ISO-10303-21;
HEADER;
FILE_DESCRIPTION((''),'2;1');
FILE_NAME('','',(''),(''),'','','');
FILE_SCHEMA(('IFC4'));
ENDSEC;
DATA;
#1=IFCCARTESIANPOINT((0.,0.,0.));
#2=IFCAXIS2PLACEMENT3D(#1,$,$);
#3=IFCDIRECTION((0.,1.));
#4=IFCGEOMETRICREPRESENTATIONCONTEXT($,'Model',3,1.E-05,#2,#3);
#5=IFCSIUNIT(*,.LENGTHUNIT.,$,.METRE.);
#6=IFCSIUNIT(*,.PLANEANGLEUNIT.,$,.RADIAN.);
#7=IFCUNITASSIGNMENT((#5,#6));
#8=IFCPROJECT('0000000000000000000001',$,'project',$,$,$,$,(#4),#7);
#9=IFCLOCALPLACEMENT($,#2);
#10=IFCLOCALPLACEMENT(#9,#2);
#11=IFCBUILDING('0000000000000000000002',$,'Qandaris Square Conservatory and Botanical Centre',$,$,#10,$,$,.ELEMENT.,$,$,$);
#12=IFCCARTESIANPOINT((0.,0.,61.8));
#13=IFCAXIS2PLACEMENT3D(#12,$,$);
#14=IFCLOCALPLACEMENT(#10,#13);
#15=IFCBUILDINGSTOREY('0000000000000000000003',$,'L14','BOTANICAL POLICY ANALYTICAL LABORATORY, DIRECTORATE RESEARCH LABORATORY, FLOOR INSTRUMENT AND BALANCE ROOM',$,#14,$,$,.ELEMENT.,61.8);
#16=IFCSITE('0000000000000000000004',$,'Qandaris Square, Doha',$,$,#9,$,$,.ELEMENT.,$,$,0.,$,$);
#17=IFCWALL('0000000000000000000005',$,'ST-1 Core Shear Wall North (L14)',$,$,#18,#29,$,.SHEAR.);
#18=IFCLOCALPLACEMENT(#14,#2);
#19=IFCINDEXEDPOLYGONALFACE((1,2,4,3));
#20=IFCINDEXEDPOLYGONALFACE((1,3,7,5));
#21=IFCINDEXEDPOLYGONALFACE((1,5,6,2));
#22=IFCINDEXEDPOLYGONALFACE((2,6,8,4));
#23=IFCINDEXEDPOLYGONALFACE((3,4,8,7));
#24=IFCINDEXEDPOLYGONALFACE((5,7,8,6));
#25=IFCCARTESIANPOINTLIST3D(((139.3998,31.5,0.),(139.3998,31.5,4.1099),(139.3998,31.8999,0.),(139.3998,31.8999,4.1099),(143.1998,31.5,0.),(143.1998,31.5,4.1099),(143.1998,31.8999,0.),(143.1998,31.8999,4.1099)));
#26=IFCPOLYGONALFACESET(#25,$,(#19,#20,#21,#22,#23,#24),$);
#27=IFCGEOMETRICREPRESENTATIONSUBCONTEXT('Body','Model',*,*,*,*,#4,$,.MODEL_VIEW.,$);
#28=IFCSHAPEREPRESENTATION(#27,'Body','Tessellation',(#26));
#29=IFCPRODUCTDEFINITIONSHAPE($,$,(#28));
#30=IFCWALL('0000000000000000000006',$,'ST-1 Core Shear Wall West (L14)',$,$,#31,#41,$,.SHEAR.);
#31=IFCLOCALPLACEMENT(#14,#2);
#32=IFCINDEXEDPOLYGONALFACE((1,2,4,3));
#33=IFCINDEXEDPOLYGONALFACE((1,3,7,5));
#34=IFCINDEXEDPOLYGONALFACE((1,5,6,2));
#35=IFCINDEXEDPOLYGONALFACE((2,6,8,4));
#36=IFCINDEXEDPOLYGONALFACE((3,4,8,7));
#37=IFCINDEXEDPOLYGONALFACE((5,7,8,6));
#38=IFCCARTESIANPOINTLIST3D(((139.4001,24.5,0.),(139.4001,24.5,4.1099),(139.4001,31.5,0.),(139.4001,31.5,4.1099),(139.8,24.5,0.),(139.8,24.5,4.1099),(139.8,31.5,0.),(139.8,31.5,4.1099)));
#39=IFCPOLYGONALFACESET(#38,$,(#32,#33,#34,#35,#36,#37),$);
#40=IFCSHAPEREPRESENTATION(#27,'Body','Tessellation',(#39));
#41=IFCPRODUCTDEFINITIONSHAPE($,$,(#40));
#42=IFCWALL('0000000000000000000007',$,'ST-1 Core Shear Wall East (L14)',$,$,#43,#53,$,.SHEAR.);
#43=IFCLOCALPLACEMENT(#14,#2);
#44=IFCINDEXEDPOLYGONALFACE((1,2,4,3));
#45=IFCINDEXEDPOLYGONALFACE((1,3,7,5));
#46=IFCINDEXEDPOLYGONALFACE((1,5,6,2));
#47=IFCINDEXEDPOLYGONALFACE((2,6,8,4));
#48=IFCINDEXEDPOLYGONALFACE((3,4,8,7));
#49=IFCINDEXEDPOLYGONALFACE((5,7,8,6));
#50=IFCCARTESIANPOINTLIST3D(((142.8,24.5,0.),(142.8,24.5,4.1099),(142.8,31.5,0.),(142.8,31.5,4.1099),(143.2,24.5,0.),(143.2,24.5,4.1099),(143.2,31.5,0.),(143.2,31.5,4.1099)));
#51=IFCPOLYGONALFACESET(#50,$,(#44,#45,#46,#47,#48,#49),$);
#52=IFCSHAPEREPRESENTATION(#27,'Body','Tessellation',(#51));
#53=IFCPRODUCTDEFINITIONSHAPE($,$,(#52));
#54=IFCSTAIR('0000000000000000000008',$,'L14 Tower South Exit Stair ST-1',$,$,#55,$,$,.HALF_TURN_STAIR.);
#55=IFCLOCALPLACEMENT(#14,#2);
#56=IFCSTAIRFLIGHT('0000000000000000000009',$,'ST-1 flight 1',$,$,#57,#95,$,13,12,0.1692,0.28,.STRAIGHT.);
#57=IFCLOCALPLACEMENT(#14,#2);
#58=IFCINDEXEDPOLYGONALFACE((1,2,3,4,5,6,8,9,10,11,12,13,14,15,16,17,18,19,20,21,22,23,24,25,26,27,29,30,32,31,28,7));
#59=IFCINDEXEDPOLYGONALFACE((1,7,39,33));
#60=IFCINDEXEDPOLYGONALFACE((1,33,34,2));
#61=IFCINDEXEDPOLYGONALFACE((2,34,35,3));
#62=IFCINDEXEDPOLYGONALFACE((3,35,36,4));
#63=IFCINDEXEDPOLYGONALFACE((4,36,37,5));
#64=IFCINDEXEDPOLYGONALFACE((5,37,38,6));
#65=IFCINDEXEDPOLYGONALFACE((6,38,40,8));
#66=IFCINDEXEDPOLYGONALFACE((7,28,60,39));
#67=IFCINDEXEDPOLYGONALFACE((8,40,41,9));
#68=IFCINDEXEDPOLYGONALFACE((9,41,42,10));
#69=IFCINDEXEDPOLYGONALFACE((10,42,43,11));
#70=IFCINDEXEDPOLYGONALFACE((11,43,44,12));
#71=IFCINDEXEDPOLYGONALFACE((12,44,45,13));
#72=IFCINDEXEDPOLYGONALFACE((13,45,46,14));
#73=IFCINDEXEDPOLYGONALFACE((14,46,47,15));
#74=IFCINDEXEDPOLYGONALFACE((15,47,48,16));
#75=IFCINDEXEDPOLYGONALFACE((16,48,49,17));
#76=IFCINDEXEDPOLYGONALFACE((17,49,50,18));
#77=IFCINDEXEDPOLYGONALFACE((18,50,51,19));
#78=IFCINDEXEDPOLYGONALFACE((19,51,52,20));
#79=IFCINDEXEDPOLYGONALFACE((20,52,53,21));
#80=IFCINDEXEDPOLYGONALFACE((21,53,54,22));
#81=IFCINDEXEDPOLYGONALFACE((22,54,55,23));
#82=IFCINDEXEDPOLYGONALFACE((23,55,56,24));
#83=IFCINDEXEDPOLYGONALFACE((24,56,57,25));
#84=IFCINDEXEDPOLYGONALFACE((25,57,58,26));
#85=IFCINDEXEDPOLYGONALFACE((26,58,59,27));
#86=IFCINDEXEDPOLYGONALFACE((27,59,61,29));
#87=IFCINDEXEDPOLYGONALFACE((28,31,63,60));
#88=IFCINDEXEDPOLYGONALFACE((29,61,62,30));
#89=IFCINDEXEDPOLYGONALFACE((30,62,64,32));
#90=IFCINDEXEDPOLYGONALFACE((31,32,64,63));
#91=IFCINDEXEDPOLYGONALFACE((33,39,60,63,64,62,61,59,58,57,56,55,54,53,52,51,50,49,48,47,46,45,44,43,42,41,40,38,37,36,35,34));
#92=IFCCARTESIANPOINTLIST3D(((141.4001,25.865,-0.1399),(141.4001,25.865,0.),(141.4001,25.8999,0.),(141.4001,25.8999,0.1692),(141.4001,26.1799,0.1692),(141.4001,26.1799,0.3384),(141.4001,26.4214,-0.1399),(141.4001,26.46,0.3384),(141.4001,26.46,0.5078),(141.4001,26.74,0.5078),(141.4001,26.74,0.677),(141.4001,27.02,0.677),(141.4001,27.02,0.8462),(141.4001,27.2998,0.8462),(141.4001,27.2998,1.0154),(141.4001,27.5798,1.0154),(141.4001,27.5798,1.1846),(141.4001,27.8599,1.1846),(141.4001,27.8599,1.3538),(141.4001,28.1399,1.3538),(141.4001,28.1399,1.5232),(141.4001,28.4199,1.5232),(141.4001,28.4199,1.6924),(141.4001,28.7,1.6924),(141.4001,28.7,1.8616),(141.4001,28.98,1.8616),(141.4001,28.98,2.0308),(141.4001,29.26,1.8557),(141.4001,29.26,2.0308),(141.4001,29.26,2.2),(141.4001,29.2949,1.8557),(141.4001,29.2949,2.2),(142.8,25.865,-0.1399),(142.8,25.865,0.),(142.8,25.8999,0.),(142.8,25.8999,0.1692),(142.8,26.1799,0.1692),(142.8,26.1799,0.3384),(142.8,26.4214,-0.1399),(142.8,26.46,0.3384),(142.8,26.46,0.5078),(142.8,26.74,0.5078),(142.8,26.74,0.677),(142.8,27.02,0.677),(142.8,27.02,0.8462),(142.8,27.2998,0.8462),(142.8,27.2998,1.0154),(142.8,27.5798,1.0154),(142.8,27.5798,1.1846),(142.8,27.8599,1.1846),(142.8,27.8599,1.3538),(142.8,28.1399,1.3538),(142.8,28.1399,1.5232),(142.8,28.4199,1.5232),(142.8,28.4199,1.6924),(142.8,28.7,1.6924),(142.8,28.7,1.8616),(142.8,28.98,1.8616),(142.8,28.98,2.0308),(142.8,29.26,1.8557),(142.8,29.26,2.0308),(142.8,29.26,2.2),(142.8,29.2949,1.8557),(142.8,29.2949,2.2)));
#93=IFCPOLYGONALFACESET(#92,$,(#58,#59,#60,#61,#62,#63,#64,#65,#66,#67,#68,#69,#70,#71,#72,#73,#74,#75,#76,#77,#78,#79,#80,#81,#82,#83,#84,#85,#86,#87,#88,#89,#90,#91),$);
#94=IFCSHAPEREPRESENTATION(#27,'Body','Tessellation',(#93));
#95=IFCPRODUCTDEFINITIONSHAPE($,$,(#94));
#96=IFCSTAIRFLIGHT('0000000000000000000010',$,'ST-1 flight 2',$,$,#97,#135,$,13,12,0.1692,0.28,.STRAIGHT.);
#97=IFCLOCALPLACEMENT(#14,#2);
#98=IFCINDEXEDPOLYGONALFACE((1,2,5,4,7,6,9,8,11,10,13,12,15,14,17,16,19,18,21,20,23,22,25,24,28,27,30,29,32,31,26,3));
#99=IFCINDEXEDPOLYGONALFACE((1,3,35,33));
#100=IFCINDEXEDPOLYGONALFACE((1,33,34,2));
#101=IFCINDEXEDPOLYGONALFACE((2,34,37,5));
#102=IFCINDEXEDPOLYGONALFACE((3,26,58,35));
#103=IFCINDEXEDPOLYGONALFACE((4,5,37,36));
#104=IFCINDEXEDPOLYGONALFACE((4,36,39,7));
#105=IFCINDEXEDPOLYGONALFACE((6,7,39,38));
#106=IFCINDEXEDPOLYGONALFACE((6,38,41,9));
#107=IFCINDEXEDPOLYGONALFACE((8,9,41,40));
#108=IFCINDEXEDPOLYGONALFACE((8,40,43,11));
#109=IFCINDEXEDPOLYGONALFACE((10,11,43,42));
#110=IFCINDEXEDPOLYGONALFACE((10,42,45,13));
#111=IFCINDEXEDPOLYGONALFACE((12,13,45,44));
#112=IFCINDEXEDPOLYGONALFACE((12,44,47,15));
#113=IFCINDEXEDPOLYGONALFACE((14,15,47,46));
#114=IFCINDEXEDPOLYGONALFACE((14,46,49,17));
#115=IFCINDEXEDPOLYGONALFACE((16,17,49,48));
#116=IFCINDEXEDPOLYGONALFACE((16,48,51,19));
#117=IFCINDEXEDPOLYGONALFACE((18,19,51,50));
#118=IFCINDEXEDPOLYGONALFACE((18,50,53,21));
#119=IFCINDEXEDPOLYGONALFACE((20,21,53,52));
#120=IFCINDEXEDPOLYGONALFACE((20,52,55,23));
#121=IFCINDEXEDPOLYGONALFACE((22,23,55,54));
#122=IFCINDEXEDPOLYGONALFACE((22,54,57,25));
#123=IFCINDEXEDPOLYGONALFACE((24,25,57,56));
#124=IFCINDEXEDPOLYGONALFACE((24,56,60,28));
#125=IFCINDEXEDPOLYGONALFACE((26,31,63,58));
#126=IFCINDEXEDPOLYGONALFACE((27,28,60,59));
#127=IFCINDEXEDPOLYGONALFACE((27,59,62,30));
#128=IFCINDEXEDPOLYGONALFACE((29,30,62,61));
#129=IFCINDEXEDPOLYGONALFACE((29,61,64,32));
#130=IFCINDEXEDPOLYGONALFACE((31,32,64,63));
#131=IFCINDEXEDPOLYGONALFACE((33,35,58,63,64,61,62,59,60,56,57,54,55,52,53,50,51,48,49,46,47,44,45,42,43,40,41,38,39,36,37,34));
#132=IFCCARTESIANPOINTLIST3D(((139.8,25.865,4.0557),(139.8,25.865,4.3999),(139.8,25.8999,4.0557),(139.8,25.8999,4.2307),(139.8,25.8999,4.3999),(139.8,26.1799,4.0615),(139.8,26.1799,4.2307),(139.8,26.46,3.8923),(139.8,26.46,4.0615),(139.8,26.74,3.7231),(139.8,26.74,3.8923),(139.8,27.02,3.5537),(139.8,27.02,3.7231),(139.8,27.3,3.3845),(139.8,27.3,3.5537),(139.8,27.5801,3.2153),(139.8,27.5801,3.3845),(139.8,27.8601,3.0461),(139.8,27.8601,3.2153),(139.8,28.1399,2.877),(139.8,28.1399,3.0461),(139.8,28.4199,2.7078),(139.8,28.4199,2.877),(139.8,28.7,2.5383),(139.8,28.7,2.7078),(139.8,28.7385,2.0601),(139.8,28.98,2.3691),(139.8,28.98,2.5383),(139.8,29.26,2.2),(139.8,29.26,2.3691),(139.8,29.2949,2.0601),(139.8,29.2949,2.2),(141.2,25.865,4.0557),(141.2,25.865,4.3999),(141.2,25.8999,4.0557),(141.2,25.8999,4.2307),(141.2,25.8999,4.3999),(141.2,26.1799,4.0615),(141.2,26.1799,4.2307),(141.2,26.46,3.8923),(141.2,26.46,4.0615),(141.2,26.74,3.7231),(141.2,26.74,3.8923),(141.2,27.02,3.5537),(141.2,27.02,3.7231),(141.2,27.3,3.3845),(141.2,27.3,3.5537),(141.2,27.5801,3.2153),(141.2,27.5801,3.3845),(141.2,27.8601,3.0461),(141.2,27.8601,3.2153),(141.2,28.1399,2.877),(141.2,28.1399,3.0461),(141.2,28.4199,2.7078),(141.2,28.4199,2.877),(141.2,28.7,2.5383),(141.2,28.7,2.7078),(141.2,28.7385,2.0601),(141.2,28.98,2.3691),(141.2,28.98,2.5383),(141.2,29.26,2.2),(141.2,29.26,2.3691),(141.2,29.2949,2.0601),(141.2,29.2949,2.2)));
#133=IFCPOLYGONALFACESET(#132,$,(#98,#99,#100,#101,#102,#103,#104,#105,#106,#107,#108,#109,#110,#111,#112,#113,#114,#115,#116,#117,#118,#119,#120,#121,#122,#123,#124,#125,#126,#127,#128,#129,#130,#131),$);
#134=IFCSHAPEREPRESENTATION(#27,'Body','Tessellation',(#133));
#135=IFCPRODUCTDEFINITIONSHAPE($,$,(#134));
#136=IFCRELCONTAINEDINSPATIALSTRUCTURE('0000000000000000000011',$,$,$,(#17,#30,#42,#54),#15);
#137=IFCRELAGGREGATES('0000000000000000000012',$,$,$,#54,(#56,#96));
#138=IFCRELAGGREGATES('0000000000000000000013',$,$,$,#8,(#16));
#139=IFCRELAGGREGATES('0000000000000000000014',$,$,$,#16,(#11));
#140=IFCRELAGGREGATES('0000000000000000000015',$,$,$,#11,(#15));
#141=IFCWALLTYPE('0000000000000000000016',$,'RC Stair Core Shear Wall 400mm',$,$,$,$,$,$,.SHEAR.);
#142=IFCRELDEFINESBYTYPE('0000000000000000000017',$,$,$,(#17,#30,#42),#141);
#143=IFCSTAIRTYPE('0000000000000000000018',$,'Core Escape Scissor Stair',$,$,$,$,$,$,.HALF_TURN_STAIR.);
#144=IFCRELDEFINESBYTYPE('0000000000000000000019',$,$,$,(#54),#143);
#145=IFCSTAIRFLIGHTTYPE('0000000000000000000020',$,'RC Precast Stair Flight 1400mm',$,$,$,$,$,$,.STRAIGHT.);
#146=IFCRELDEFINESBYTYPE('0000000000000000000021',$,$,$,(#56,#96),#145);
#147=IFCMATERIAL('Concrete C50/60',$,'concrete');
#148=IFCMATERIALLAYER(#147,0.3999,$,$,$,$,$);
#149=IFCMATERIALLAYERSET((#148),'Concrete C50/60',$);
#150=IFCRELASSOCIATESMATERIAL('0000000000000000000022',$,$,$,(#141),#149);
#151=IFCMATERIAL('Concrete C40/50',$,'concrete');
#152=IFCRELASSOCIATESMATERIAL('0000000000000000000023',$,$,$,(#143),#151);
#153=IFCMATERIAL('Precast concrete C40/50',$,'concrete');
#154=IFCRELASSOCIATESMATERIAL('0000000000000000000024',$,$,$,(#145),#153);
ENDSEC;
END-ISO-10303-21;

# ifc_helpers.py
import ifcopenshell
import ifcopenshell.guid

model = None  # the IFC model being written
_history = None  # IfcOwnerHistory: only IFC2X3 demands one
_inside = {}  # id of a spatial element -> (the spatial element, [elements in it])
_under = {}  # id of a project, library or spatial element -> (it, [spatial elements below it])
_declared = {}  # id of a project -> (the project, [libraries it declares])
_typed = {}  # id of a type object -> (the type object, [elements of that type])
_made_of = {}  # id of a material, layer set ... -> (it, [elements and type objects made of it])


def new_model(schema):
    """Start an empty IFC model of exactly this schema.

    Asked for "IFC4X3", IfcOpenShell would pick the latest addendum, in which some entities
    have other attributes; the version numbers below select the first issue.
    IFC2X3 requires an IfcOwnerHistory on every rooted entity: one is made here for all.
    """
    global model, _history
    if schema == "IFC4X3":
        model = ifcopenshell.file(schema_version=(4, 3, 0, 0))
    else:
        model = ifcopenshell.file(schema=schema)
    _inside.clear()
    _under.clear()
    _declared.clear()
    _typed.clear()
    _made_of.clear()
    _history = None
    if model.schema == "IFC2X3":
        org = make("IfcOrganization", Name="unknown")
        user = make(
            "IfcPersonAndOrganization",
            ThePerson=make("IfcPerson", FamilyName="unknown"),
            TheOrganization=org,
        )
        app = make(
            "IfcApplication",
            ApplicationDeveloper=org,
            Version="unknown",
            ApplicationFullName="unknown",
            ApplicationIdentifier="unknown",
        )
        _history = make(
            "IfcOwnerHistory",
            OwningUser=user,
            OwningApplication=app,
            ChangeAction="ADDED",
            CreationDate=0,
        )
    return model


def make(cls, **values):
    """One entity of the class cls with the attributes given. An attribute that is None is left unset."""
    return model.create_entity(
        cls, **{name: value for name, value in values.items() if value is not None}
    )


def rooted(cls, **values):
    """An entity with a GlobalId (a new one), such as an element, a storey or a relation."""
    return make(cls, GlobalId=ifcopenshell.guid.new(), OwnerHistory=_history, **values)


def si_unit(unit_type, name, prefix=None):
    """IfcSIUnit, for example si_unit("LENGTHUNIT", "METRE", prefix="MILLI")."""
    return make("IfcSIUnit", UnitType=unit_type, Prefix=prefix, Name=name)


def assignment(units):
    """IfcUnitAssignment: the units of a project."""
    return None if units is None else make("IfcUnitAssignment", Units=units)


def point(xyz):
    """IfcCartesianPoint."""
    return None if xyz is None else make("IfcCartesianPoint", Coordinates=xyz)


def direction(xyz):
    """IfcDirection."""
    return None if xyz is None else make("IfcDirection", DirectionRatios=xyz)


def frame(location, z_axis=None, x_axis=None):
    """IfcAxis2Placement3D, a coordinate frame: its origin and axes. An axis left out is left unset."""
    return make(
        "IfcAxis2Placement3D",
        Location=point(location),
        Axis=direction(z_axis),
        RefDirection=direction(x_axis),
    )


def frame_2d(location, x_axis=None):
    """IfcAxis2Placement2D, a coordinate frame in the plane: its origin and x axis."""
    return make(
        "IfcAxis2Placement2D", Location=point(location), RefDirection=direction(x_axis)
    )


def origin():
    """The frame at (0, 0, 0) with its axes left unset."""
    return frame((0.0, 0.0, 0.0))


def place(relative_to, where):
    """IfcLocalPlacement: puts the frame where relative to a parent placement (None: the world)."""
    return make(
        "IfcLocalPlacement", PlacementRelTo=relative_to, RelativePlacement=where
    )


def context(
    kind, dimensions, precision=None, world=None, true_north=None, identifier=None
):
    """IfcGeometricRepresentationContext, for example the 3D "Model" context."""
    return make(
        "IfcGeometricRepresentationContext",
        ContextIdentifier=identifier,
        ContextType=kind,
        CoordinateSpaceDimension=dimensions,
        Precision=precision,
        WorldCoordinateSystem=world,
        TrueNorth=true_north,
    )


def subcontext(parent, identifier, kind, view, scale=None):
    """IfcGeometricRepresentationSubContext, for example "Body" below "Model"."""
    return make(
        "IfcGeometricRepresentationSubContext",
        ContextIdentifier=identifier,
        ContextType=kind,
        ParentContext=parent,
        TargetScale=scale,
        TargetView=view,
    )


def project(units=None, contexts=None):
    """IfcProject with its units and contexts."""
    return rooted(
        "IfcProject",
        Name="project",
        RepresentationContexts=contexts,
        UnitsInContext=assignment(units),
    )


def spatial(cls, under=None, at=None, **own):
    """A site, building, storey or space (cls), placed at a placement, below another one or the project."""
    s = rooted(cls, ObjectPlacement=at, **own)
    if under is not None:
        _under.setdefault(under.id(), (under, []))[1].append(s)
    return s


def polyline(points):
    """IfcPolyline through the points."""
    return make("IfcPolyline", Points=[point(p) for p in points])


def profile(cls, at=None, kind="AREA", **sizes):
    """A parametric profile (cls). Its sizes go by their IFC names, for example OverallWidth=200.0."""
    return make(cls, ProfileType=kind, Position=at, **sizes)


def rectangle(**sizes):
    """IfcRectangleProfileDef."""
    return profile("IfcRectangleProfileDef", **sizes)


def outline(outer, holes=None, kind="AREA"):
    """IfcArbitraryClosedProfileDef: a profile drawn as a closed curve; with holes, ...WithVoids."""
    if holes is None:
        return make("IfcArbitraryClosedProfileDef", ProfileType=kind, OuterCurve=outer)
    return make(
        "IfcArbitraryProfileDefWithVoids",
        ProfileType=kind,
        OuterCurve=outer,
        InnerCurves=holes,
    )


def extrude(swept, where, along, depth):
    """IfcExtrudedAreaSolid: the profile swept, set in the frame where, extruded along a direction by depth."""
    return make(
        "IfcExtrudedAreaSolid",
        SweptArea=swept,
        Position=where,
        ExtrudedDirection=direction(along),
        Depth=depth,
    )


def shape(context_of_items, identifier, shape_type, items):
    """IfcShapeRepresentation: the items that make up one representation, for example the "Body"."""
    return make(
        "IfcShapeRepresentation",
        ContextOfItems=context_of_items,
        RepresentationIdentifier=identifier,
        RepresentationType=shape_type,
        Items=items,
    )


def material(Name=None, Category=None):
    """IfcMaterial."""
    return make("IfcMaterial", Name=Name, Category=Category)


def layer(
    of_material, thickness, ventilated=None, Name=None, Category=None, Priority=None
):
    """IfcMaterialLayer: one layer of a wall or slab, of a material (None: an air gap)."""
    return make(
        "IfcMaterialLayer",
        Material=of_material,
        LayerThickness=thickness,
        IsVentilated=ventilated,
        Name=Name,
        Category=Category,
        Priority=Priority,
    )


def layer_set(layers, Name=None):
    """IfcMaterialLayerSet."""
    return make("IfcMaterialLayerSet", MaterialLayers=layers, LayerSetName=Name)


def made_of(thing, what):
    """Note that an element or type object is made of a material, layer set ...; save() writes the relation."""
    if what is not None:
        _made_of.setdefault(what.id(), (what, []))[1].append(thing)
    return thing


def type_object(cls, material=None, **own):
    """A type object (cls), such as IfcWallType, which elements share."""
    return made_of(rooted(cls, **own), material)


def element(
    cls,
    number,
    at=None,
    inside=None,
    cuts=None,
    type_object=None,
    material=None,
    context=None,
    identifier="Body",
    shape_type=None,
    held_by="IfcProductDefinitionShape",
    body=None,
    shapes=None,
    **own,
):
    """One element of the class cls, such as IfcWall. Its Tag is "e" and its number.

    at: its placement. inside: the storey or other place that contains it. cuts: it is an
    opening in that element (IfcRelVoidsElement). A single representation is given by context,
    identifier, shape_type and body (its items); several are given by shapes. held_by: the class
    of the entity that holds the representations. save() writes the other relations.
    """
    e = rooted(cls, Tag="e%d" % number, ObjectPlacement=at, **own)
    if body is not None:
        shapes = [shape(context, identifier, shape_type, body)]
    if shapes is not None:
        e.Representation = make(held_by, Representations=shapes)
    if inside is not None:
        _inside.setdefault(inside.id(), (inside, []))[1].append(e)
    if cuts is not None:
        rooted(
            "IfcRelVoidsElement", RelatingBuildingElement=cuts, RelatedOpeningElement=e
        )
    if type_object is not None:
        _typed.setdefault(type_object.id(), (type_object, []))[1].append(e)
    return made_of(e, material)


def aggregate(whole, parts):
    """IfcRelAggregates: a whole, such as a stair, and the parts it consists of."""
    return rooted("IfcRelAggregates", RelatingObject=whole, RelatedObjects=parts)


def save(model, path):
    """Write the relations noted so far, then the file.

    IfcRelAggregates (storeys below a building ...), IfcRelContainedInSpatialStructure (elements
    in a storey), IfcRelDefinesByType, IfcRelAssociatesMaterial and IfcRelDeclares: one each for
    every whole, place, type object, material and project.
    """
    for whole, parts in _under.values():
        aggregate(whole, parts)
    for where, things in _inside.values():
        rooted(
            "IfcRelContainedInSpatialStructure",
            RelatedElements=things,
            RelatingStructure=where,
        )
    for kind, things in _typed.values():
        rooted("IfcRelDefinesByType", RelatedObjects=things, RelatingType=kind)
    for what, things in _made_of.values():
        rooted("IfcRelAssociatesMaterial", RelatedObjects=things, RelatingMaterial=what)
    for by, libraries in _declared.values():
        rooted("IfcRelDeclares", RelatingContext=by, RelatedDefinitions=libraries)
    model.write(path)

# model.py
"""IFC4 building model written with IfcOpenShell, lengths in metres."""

from ifc_helpers import new_model, si_unit, direction, frame, frame_2d, origin, place, context, subcontext, project, spatial, polyline, rectangle, outline, extrude, material, layer, layer_set, type_object, element, aggregate, save


model = new_model("IFC4")

# Units and contexts
model_context = context("Model", 3, precision=1e-05, world=origin(), true_north=direction((0.0, 1.0)))
body_context = subcontext(model_context, "Body", "Model", "MODEL_VIEW")
ifc_project = project(units=[si_unit("LENGTHUNIT", "METRE"), si_unit("PLANEANGLEUNIT", "RADIAN")], contexts=[model_context])

# Site, building, storey
site_placement = place(None, origin())
site = spatial("IfcSite", under=ifc_project, at=site_placement, Name="Qandaris Square, Doha", CompositionType="ELEMENT", RefElevation=0.0)
building_placement = place(site_placement, origin())
building = spatial("IfcBuilding", under=site, at=building_placement, Name="Qandaris Square Conservatory and Botanical Centre", CompositionType="ELEMENT")
storey_placement = place(building_placement, frame((0.0, 0.0, 61.8)))
storey = spatial("IfcBuildingStorey", under=building, at=storey_placement, Name="L14", Description="BOTANICAL POLICY ANALYTICAL LABORATORY, DIRECTORATE RESEARCH LABORATORY, FLOOR INSTRUMENT AND BALANCE ROOM", CompositionType="ELEMENT", Elevation=61.8)

# Shared definitions
ifc_material_1 = material(Name="Concrete C50/60", Category="concrete")

# Shared definitions
ifc_material_2 = material(Name="Precast concrete C40/50", Category="concrete")

# Shared definitions
ifc_material_3 = material(Name="Concrete C40/50", Category="concrete")

# Shared definitions
ifc_layer_1 = layer(ifc_material_1, 0.3999)
ifc_layer_set_1 = layer_set([ifc_layer_1], Name="Concrete C50/60")
wall_type_1 = type_object("IfcWallType", Name="RC Stair Core Shear Wall 400mm", PredefinedType="SHEAR", material=ifc_layer_set_1)

# Walls
wall_1_placement = place(storey_placement, frame((139.3999, 31.7, 0.0), z_axis=(0.0, 0.0, 1.0), x_axis=(1.0, 0.0, 0.0)))
element("IfcWall", 1, at=wall_1_placement, inside=storey, type_object=wall_type_1, Name="ST-1 Core Shear Wall North (L14)", PredefinedType="SHEAR", context=body_context, shape_type="SweptSolid", body=[
    extrude(rectangle(XDim=3.8, YDim=0.3999, at=frame_2d((1.8999, 0.0))), origin(), (0.0, 0.0, 1.0), 4.1099),
])
for number, where, z_axis, x_axis, name in (
    (2, (139.6001, 24.5, 0.0), (0.0, 0.0, 1.0), (0.0, 1.0, 0.0), "ST-1 Core Shear Wall West (L14)"),
    (3, (143.0, 24.5, 0.0), (0.0, 0.0, 1.0), (0.0, 1.0, 0.0), "ST-1 Core Shear Wall East (L14)"),
):
    element("IfcWall", number, at=place(storey_placement, frame(where, z_axis=z_axis, x_axis=x_axis)), inside=storey, type_object=wall_type_1, Name=name, PredefinedType="SHEAR", context=body_context, shape_type="SweptSolid", body=[
        extrude(rectangle(XDim=7.0, YDim=0.3999, at=frame_2d((3.5, 0.0))), origin(), (0.0, 0.0, 1.0), 4.1099),
    ])

# Stair, stair flights
stair_type = type_object("IfcStairType", Name="Core Escape Scissor Stair", PredefinedType="HALF_TURN_STAIR", material=ifc_material_3)
stair_placement = place(storey_placement, origin())
stair = element("IfcStair", 4, at=stair_placement, inside=storey, type_object=stair_type, Name="L14 Tower South Exit Stair ST-1", PredefinedType="HALF_TURN_STAIR")
stair_flight_type = type_object("IfcStairFlightType", Name="RC Precast Stair Flight 1400mm", PredefinedType="STRAIGHT", material=ifc_material_2)
stair_flight_1_placement = place(storey_placement, frame((142.1001, 25.8999, 0.0), z_axis=(0.0, 0.0, 1.0), x_axis=(0.0, 1.0, 0.0)))
stair_flight_1 = element("IfcStairFlight", 5, at=stair_flight_1_placement, type_object=stair_flight_type, Name="ST-1 flight 1", NumberOfRisers=13, NumberOfTreads=12, PredefinedType="STRAIGHT", RiserHeight=0.1692, TreadLength=0.28, context=body_context, shape_type="SweptSolid", body=[
    extrude(outline(polyline([(-0.0349, 0.0), (0.0, 0.0), (0.0, 0.1692), (0.28, 0.1692), (0.28, 0.3384), (0.5601, 0.3384), (0.5601, 0.5078), (0.8401, 0.5078), (0.8401, 0.677), (1.1201, 0.677), (1.1201, 0.8462), (1.3999, 0.8462), (1.3999, 1.0154), (1.6799, 1.0154), (1.6799, 1.1846), (1.96, 1.1846), (1.96, 1.3538), (2.24, 1.3538), (2.24, 1.5232), (2.52, 1.5232), (2.52, 1.6924), (2.8, 1.6924), (2.8, 1.8616), (3.0801, 1.8616), (3.0801, 2.0308), (3.3601, 2.0308), (3.3601, 2.2), (3.395, 2.2), (3.395, 1.8557), (3.3601, 1.8557), (0.5215, -0.1399), (-0.0349, -0.1399), (-0.0349, 0.0)])), frame((0.0, 0.7, 0.0), z_axis=(0.0, -1.0, 0.0), x_axis=(1.0, 0.0, 0.0)), (0.0, 0.0, 1.0), 1.3999),
])
stair_flight_2_placement = place(storey_placement, frame((140.5, 29.26, 2.2), z_axis=(0.0, 0.0, 1.0), x_axis=(0.0, -1.0, 0.0)))
stair_flight_2 = element("IfcStairFlight", 6, at=stair_flight_2_placement, type_object=stair_flight_type, Name="ST-1 flight 2", NumberOfRisers=13, NumberOfTreads=12, PredefinedType="STRAIGHT", RiserHeight=0.1692, TreadLength=0.28, context=body_context, shape_type="SweptSolid", body=[
    extrude(outline(polyline([(-0.0349, 0.0), (0.0, 0.0), (0.0, 0.1692), (0.28, 0.1692), (0.28, 0.3384), (0.5601, 0.3384), (0.5601, 0.5078), (0.8401, 0.5078), (0.8401, 0.677), (1.1201, 0.677), (1.1201, 0.8462), (1.3999, 0.8462), (1.3999, 1.0154), (1.6799, 1.0154), (1.6799, 1.1846), (1.96, 1.1846), (1.96, 1.3538), (2.24, 1.3538), (2.24, 1.5232), (2.52, 1.5232), (2.52, 1.6924), (2.8, 1.6924), (2.8, 1.8616), (3.0801, 1.8616), (3.0801, 2.0308), (3.3601, 2.0308), (3.3601, 2.2), (3.395, 2.2), (3.395, 1.8557), (3.3601, 1.8557), (0.5215, -0.1399), (-0.0349, -0.1399), (-0.0349, 0.0)])), frame((0.0, 0.7, 0.0), z_axis=(0.0, -1.0, 0.0), x_axis=(1.0, 0.0, 0.0)), (0.0, 0.0, 1.0), 1.3999),
])
aggregate(stair, [stair_flight_1, stair_flight_2])

save(model, "model.ifc")
